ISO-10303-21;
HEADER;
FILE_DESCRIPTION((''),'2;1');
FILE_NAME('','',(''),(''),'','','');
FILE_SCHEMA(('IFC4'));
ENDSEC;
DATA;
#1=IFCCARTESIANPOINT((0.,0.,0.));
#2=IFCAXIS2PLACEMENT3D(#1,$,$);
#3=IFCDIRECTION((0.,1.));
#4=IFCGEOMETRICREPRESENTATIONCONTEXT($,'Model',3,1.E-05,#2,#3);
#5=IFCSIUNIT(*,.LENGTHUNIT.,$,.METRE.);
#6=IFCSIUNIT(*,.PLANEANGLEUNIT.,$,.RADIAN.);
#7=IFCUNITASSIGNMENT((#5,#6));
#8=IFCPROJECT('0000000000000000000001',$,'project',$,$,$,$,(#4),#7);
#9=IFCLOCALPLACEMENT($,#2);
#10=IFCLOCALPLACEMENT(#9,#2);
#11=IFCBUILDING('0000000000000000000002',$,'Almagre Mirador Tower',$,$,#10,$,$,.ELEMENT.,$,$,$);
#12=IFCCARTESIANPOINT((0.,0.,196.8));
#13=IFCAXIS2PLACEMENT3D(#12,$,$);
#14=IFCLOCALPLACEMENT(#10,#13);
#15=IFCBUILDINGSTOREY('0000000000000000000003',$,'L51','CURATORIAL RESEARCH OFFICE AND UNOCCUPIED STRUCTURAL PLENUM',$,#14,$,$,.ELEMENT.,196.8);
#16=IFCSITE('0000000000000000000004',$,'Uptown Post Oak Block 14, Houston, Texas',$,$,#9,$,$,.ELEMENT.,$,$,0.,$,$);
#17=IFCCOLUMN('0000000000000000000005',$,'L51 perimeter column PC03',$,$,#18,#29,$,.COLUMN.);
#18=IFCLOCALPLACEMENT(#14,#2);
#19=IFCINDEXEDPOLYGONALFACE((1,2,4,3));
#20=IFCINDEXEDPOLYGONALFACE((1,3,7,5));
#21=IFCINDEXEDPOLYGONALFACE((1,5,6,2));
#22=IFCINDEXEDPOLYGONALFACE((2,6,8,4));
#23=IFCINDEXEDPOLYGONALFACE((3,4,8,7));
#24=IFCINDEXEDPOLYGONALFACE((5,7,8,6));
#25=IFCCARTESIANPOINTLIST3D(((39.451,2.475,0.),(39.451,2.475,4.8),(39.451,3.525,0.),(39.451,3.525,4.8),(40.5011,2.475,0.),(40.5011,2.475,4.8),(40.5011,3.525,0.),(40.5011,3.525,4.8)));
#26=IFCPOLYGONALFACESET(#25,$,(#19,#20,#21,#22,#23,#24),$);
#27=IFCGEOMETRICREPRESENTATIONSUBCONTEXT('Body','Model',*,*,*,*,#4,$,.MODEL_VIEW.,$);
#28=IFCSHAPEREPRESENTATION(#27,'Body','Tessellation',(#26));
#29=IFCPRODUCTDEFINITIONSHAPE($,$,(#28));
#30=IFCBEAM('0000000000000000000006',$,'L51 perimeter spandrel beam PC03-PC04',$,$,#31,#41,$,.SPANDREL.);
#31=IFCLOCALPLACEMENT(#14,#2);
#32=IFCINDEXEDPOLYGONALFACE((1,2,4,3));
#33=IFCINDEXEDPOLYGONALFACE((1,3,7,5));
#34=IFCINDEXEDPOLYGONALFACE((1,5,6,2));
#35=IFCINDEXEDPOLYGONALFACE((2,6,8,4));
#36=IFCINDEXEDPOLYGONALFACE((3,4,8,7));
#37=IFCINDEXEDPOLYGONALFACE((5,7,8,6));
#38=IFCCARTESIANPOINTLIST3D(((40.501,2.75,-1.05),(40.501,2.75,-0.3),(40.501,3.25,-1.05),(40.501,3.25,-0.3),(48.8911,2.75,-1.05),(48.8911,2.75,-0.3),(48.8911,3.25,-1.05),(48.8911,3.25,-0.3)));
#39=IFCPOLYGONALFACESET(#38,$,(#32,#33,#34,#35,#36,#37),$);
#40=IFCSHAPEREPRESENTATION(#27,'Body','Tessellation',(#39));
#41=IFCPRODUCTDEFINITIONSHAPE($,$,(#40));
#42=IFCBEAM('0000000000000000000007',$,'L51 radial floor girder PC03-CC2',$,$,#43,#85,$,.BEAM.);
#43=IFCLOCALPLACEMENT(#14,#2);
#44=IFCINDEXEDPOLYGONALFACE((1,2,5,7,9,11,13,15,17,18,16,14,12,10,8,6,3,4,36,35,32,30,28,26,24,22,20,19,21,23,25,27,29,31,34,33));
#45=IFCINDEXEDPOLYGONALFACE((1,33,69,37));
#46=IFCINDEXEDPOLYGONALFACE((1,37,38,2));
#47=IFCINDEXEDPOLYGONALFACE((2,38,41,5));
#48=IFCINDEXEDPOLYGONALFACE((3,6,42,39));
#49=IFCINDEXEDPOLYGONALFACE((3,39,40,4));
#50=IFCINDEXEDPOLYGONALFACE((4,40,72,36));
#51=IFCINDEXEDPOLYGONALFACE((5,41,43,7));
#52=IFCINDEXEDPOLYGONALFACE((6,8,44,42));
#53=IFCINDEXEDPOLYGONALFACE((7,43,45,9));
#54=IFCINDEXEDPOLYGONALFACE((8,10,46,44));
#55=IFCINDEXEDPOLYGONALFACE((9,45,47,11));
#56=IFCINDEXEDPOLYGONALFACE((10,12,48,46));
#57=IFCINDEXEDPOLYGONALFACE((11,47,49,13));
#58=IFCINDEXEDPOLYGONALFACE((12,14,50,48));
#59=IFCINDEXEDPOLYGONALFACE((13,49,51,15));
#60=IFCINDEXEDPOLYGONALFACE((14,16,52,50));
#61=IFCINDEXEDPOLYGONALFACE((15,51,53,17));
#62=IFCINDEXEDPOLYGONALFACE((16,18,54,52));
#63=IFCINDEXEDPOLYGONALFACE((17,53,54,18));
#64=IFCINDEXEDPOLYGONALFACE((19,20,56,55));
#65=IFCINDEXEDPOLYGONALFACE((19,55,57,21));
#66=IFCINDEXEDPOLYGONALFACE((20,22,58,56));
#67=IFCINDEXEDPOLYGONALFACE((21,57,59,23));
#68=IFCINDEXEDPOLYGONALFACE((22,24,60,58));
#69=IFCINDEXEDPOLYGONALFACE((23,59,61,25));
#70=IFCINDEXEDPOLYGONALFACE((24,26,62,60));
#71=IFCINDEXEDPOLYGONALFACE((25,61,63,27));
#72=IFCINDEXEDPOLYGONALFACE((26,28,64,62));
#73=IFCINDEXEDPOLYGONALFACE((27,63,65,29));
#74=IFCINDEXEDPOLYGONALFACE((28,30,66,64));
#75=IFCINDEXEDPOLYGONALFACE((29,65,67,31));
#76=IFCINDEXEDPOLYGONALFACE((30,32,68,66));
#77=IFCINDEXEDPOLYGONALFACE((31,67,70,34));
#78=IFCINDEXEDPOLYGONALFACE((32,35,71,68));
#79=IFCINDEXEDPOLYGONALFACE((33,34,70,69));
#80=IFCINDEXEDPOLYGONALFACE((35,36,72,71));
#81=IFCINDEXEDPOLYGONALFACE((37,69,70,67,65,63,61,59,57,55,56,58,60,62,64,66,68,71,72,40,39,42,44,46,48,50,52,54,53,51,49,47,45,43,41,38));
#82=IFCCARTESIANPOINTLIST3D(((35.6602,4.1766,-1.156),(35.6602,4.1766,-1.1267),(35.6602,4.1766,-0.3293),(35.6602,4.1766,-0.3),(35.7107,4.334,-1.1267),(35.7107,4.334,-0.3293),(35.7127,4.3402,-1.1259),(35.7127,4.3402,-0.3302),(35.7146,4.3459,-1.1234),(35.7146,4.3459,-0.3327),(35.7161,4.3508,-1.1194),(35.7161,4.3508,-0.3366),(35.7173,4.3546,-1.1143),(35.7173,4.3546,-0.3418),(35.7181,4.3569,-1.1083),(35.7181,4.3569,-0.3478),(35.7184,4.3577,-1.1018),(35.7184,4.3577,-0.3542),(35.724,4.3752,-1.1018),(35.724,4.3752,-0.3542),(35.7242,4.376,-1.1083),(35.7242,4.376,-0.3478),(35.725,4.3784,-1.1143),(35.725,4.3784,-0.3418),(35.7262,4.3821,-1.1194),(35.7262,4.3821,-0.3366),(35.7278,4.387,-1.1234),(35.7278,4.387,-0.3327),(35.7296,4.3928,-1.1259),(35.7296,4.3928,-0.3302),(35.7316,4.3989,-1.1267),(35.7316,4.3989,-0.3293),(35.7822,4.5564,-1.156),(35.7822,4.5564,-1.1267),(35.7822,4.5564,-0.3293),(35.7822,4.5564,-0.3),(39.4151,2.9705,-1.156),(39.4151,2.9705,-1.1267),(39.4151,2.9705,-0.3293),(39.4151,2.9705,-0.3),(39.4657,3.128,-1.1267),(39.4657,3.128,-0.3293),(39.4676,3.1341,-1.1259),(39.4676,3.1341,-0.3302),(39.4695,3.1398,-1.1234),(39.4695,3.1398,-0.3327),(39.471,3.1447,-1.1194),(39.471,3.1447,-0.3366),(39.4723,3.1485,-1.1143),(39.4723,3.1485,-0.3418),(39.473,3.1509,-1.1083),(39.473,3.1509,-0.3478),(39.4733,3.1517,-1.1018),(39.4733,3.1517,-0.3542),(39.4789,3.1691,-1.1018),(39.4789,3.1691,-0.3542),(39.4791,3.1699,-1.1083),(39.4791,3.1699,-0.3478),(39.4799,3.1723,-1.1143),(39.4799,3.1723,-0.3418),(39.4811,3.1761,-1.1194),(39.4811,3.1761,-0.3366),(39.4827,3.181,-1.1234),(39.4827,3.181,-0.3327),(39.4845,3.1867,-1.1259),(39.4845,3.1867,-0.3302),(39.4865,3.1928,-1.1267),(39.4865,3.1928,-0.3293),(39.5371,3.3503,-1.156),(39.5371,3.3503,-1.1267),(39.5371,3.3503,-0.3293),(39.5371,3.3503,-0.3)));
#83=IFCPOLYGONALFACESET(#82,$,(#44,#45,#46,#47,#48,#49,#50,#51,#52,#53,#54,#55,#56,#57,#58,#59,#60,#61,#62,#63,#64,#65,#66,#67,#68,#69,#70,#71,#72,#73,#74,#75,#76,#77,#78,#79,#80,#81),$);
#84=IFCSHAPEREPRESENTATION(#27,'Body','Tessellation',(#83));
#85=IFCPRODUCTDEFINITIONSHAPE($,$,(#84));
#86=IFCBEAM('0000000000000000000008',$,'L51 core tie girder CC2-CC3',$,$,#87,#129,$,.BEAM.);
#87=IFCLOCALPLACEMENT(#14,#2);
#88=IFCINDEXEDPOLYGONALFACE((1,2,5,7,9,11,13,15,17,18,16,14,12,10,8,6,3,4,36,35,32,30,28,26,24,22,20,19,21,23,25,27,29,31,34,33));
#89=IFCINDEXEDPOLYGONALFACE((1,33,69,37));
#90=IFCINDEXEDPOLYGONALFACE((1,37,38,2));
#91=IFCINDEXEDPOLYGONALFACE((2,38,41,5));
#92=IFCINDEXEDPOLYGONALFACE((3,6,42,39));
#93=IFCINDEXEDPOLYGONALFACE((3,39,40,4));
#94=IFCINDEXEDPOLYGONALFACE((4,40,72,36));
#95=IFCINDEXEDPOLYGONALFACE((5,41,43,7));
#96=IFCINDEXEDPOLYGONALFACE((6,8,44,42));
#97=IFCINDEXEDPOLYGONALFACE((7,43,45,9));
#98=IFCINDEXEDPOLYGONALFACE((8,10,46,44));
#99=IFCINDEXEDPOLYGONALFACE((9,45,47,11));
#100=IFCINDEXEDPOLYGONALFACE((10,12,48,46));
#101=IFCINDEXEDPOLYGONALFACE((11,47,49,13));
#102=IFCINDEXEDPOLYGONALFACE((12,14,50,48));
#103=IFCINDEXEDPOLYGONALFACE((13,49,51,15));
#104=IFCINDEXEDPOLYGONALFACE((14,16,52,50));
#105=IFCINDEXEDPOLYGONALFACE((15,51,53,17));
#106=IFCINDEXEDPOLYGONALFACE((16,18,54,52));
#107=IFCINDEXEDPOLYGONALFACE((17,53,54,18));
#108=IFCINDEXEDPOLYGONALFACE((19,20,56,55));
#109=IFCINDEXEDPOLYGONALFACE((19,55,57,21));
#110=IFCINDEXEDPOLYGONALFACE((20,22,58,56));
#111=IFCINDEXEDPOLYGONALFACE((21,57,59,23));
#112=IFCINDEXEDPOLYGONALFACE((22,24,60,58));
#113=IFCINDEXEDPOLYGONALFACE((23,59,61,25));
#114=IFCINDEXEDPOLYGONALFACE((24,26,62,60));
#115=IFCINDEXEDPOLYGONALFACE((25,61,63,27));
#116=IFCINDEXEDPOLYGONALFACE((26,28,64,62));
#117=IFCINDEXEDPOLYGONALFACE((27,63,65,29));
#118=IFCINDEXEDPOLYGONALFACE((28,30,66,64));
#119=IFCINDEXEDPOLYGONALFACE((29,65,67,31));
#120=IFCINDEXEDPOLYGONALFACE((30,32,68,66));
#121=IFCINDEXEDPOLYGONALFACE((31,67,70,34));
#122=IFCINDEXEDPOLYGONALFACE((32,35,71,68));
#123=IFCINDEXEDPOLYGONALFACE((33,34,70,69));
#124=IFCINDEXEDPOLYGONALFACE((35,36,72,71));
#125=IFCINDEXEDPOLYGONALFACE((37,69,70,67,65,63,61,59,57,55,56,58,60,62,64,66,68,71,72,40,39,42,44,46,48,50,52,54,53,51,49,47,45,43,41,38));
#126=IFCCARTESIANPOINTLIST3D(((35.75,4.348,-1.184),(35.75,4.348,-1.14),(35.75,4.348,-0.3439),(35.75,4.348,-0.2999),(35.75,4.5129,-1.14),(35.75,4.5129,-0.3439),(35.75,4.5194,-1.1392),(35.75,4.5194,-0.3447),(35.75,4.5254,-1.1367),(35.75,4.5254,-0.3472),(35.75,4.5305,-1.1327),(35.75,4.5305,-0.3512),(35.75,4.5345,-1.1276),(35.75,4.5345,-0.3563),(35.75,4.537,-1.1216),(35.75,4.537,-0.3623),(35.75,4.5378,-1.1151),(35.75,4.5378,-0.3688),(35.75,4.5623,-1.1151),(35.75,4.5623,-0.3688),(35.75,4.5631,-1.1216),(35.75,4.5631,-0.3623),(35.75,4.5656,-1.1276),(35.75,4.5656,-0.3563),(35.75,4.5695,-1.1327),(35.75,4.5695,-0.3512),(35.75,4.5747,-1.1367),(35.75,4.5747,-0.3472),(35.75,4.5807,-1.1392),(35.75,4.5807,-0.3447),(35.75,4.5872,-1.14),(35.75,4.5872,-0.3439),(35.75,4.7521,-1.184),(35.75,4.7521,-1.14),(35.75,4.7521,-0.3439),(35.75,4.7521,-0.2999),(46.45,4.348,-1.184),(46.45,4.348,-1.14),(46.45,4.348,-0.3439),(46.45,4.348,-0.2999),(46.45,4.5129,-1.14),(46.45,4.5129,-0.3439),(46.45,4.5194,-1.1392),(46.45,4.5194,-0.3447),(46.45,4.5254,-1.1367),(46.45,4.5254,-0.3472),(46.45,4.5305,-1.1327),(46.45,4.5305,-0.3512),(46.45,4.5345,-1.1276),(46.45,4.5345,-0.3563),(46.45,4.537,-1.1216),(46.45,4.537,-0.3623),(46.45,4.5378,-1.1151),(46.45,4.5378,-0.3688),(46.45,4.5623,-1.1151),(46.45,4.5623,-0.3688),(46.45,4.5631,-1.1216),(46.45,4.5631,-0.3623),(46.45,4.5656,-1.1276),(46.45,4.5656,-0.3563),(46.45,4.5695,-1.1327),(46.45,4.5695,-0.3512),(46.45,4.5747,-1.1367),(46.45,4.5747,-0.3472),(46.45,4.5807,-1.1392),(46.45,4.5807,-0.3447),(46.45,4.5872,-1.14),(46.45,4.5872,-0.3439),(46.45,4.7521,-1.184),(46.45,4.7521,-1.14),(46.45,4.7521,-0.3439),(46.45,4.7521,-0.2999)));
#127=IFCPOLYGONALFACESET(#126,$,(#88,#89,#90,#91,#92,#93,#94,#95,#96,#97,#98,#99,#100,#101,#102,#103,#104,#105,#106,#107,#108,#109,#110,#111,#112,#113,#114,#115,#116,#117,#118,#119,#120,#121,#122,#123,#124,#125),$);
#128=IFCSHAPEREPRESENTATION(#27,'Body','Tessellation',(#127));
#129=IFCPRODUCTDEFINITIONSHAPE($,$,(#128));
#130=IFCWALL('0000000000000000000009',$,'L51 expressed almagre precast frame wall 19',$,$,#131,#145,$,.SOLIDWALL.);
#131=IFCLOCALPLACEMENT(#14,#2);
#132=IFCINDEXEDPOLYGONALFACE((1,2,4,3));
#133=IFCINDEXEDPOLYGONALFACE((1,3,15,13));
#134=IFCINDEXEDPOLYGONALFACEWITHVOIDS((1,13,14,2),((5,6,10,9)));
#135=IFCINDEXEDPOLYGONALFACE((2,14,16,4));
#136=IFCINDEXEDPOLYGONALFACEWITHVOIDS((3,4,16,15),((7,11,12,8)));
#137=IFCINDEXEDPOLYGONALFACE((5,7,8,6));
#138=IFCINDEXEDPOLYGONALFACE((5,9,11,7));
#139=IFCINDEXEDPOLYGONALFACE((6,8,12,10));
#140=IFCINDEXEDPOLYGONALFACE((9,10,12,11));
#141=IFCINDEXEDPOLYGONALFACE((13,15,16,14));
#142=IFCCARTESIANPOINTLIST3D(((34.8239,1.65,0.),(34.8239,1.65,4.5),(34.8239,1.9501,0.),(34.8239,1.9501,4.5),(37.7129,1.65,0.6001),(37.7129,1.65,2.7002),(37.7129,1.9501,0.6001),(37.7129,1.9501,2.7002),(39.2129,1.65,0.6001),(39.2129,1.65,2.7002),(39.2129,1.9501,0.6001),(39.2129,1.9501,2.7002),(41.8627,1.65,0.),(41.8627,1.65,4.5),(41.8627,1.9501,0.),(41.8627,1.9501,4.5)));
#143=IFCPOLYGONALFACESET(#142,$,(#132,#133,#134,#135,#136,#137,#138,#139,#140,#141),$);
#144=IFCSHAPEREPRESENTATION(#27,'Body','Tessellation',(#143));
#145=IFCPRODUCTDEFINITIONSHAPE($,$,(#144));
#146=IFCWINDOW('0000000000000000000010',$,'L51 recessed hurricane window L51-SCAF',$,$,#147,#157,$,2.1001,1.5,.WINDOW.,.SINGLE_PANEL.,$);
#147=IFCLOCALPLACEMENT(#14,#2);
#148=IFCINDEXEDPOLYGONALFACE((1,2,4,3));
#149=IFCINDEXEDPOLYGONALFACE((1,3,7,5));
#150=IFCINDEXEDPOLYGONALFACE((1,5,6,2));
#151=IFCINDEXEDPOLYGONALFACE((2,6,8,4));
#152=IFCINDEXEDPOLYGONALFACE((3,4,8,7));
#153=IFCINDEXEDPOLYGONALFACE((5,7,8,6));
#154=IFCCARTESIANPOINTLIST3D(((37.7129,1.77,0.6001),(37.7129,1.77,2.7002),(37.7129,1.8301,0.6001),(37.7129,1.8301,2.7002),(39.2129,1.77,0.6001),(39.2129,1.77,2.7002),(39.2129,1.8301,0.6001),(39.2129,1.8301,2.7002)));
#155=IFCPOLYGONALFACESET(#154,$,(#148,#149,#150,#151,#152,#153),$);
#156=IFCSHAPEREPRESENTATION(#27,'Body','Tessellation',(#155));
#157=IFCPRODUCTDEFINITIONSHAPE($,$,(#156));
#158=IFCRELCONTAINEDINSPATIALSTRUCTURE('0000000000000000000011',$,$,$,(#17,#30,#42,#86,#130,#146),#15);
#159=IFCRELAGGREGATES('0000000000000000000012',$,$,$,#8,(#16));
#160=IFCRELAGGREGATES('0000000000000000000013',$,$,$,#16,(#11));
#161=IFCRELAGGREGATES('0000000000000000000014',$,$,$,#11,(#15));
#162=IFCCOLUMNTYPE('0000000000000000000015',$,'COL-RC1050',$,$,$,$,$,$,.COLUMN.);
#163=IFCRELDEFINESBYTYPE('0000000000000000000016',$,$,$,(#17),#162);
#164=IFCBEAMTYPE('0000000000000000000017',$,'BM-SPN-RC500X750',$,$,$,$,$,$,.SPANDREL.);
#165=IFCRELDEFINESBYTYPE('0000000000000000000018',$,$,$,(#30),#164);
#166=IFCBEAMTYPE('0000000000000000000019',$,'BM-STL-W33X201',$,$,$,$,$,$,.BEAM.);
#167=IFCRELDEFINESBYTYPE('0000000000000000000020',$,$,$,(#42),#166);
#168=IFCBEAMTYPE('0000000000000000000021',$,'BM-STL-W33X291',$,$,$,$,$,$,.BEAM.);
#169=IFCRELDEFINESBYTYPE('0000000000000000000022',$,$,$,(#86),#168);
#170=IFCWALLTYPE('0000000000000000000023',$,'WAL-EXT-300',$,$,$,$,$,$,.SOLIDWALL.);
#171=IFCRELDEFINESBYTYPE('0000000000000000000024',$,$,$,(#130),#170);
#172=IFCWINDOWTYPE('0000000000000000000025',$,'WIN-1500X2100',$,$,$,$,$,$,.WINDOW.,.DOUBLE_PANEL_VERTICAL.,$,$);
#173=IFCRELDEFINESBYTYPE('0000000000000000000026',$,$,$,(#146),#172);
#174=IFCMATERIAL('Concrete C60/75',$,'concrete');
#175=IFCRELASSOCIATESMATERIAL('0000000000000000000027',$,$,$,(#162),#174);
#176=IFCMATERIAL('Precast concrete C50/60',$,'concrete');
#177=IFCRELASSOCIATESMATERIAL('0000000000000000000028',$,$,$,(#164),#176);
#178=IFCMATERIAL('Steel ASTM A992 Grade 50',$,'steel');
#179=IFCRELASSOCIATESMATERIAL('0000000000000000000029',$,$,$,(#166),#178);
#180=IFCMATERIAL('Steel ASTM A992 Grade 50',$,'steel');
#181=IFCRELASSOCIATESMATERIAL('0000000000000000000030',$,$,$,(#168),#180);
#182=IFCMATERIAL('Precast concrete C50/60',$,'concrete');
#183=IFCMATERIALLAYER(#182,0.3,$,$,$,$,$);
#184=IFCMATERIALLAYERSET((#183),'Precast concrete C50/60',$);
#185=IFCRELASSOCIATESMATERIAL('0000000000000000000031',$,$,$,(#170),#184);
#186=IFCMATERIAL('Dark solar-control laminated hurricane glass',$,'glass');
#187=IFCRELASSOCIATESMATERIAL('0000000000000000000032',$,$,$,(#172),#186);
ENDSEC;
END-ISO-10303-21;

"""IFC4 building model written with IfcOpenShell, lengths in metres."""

from ifc_helpers import new_model, si_unit, direction, frame, frame_2d, origin, origin_2d, place, context, subcontext, project, spatial, rectangle, i_section, extrude, material, layer, layer_set, material_profile, profile_set, type_object, element, fill, save


model = new_model("IFC4")

# Units and contexts
model_context = context("Model", 3, precision=1e-05, world=origin(), true_north=direction((0.0, 1.0)))
body_context = subcontext(model_context, "Body", "Model", "MODEL_VIEW")
ifc_project = project(units=[si_unit("LENGTHUNIT", "METRE"), si_unit("PLANEANGLEUNIT", "RADIAN")], contexts=[model_context])

# Site, building, storey
site_placement = place(None, origin())
site = spatial("IfcSite", under=ifc_project, at=site_placement, Name="Uptown Post Oak Block 14, Houston, Texas", CompositionType="ELEMENT", RefElevation=0.0)
building_placement = place(site_placement, origin())
building = spatial("IfcBuilding", under=site, at=building_placement, Name="Almagre Mirador Tower", CompositionType="ELEMENT")
storey_placement = place(building_placement, frame((0.0, 0.0, 196.8)))
storey = spatial("IfcBuildingStorey", under=building, at=storey_placement, Name="L51", Description="CURATORIAL RESEARCH OFFICE AND UNOCCUPIED STRUCTURAL PLENUM", CompositionType="ELEMENT", Elevation=196.8)

# Column
ifc_material_1 = material(Name="Concrete C60/75", Category="concrete")
ifc_material_profile_1 = material_profile(ifc_material_1, rectangle(XDim=1.05, YDim=1.05, at=origin_2d()), Name="RC1050X1050")
ifc_profile_set_1 = profile_set([ifc_material_profile_1], Name="Concrete C60/75")
column_type = type_object("IfcColumnType", Name="COL-RC1050", PredefinedType="COLUMN", material=ifc_profile_set_1)
column_placement = place(storey_placement, frame((39.9761, 3.0, 0.0), z_axis=(0.0, 0.0, 1.0), x_axis=(1.0, 0.0, 0.0)))
element("IfcColumn", 1, at=column_placement, inside=storey, type_object=column_type, Name="L51 perimeter column PC03", PredefinedType="COLUMN", context=body_context, shape_type="SweptSolid", body=[
    extrude(rectangle(XDim=1.05, YDim=1.05, at=origin_2d()), origin(), (0.0, 0.0, 1.0), 4.8),
])

# Beams
ifc_material_2 = material(Name="Precast concrete C50/60", Category="concrete")
ifc_material_profile_2 = material_profile(ifc_material_2, rectangle(XDim=0.5, YDim=0.75, at=origin_2d()), Name="RC500X750")
ifc_profile_set_2 = profile_set([ifc_material_profile_2], Name="Precast concrete C50/60")
beam_type_1 = type_object("IfcBeamType", Name="BM-SPN-RC500X750", PredefinedType="SPANDREL", material=ifc_profile_set_2)
beam_1_placement = place(storey_placement, frame((40.501, 3.0, -0.675), z_axis=(1.0, 0.0, 0.0), x_axis=(0.0, 1.0, 0.0)))
element("IfcBeam", 2, at=beam_1_placement, inside=storey, type_object=beam_type_1, Name="L51 perimeter spandrel beam PC03-PC04", PredefinedType="SPANDREL", context=body_context, shape_type="SweptSolid", body=[
    extrude(rectangle(XDim=0.5, YDim=0.75, at=origin_2d()), origin(), (0.0, 0.0, 1.0), 8.3901),
])
ifc_material_3 = material(Name="Steel ASTM A992 Grade 50", Category="steel")
ifc_material_profile_3 = material_profile(ifc_material_3, i_section(OverallWidth=0.3989, OverallDepth=0.856, WebThickness=0.0183, FlangeThickness=0.0293, FilletRadius=0.0249, at=origin_2d()), Name="W33X201")
ifc_profile_set_3 = profile_set([ifc_material_profile_3], Name="Steel ASTM A992 Grade 50")
beam_type_2 = type_object("IfcBeamType", Name="BM-STL-W33X201", PredefinedType="BEAM", material=ifc_profile_set_3)
beam_2_placement = place(storey_placement, frame((39.4761, 3.1604, -0.728), z_axis=(-0.952093, 0.305809, 0.0), x_axis=(-0.305809, -0.952093, 0.0)))
element("IfcBeam", 3, at=beam_2_placement, inside=storey, type_object=beam_type_2, Name="L51 radial floor girder PC03-CC2", PredefinedType="BEAM", context=body_context, shape_type="SweptSolid", body=[
    extrude(i_section(OverallWidth=0.3989, OverallDepth=0.856, WebThickness=0.0183, FlangeThickness=0.0293, FilletRadius=0.0249, at=origin_2d()), origin(), (0.0, 0.0, 1.0), 3.9438),
])
ifc_material_4 = material(Name="Steel ASTM A992 Grade 50", Category="steel")
ifc_material_profile_4 = material_profile(ifc_material_4, i_section(OverallWidth=0.4041, OverallDepth=0.884, WebThickness=0.0244, FlangeThickness=0.0439, FilletRadius=0.0249, at=origin_2d()), Name="W33X291")
ifc_profile_set_4 = profile_set([ifc_material_profile_4], Name="Steel ASTM A992 Grade 50")
beam_type_3 = type_object("IfcBeamType", Name="BM-STL-W33X291", PredefinedType="BEAM", material=ifc_profile_set_4)
beam_3_placement = place(storey_placement, frame((35.75, 4.55, -0.7419), z_axis=(1.0, 0.0, 0.0), x_axis=(0.0, 1.0, 0.0)))
element("IfcBeam", 4, at=beam_3_placement, inside=storey, type_object=beam_type_3, Name="L51 core tie girder CC2-CC3", PredefinedType="BEAM", context=body_context, shape_type="SweptSolid", body=[
    extrude(i_section(OverallWidth=0.4041, OverallDepth=0.884, WebThickness=0.0244, FlangeThickness=0.0439, FilletRadius=0.0249, at=origin_2d()), origin(), (0.0, 0.0, 1.0), 10.7),
])

# Wall, opening, window
ifc_material_5 = material(Name="Precast concrete C50/60", Category="concrete")
ifc_layer_1 = layer(ifc_material_5, 0.3)
ifc_layer_set_1 = layer_set([ifc_layer_1], Name="Precast concrete C50/60")
wall_type_1 = type_object("IfcWallType", Name="WAL-EXT-300", PredefinedType="SOLIDWALL", material=ifc_layer_set_1)
wall_1_placement = place(storey_placement, frame((41.8628, 1.8, 0.0), z_axis=(0.0, 0.0, 1.0), x_axis=(-1.0, 0.0, 0.0)))
wall_1 = element("IfcWall", 5, at=wall_1_placement, inside=storey, type_object=wall_type_1, Name="L51 expressed almagre precast frame wall 19", PredefinedType="SOLIDWALL", context=body_context, shape_type="SweptSolid", body=[
    extrude(rectangle(XDim=7.0388, YDim=0.3, at=frame_2d((3.5195, 0.0))), origin(), (0.0, 0.0, 1.0), 4.5),
])
opening_1_placement = place(wall_1_placement, frame((2.6499, 0.0, 0.6001)))
opening_1 = element("IfcOpeningElement", 6, at=opening_1_placement, cuts=wall_1, PredefinedType="OPENING", context=body_context, shape_type="SweptSolid", body=[
    extrude(rectangle(XDim=1.5, YDim=2.1001, at=frame_2d((0.75, 1.05))), frame((0.0, 0.1599, 0.0), z_axis=(0.0, -1.0, 0.0), x_axis=(1.0, 0.0, 0.0)), (0.0, 0.0, 1.0), 0.32),
])
ifc_material_6 = material(Name="Dark solar-control laminated hurricane glass", Category="glass")
window_type = type_object("IfcWindowType", Name="WIN-1500X2100", PartitioningType="DOUBLE_PANEL_VERTICAL", PredefinedType="WINDOW", material=ifc_material_6)
window_placement = place(opening_1_placement, origin())
window = element("IfcWindow", 7, at=window_placement, inside=storey, type_object=window_type, Name="L51 recessed hurricane window L51-SCAF", OverallHeight=2.1001, OverallWidth=1.5, PartitioningType="SINGLE_PANEL", PredefinedType="WINDOW", context=body_context, shape_type="SweptSolid", body=[
    extrude(rectangle(XDim=1.5, YDim=2.1001, at=frame_2d((0.75, 1.05))), frame((0.0, 0.03, 0.0), z_axis=(0.0, -1.0, 0.0), x_axis=(1.0, 0.0, 0.0)), (0.0, 0.0, 1.0), 0.0601),
])
fill(opening_1, window)

save(model, "model.ifc")
